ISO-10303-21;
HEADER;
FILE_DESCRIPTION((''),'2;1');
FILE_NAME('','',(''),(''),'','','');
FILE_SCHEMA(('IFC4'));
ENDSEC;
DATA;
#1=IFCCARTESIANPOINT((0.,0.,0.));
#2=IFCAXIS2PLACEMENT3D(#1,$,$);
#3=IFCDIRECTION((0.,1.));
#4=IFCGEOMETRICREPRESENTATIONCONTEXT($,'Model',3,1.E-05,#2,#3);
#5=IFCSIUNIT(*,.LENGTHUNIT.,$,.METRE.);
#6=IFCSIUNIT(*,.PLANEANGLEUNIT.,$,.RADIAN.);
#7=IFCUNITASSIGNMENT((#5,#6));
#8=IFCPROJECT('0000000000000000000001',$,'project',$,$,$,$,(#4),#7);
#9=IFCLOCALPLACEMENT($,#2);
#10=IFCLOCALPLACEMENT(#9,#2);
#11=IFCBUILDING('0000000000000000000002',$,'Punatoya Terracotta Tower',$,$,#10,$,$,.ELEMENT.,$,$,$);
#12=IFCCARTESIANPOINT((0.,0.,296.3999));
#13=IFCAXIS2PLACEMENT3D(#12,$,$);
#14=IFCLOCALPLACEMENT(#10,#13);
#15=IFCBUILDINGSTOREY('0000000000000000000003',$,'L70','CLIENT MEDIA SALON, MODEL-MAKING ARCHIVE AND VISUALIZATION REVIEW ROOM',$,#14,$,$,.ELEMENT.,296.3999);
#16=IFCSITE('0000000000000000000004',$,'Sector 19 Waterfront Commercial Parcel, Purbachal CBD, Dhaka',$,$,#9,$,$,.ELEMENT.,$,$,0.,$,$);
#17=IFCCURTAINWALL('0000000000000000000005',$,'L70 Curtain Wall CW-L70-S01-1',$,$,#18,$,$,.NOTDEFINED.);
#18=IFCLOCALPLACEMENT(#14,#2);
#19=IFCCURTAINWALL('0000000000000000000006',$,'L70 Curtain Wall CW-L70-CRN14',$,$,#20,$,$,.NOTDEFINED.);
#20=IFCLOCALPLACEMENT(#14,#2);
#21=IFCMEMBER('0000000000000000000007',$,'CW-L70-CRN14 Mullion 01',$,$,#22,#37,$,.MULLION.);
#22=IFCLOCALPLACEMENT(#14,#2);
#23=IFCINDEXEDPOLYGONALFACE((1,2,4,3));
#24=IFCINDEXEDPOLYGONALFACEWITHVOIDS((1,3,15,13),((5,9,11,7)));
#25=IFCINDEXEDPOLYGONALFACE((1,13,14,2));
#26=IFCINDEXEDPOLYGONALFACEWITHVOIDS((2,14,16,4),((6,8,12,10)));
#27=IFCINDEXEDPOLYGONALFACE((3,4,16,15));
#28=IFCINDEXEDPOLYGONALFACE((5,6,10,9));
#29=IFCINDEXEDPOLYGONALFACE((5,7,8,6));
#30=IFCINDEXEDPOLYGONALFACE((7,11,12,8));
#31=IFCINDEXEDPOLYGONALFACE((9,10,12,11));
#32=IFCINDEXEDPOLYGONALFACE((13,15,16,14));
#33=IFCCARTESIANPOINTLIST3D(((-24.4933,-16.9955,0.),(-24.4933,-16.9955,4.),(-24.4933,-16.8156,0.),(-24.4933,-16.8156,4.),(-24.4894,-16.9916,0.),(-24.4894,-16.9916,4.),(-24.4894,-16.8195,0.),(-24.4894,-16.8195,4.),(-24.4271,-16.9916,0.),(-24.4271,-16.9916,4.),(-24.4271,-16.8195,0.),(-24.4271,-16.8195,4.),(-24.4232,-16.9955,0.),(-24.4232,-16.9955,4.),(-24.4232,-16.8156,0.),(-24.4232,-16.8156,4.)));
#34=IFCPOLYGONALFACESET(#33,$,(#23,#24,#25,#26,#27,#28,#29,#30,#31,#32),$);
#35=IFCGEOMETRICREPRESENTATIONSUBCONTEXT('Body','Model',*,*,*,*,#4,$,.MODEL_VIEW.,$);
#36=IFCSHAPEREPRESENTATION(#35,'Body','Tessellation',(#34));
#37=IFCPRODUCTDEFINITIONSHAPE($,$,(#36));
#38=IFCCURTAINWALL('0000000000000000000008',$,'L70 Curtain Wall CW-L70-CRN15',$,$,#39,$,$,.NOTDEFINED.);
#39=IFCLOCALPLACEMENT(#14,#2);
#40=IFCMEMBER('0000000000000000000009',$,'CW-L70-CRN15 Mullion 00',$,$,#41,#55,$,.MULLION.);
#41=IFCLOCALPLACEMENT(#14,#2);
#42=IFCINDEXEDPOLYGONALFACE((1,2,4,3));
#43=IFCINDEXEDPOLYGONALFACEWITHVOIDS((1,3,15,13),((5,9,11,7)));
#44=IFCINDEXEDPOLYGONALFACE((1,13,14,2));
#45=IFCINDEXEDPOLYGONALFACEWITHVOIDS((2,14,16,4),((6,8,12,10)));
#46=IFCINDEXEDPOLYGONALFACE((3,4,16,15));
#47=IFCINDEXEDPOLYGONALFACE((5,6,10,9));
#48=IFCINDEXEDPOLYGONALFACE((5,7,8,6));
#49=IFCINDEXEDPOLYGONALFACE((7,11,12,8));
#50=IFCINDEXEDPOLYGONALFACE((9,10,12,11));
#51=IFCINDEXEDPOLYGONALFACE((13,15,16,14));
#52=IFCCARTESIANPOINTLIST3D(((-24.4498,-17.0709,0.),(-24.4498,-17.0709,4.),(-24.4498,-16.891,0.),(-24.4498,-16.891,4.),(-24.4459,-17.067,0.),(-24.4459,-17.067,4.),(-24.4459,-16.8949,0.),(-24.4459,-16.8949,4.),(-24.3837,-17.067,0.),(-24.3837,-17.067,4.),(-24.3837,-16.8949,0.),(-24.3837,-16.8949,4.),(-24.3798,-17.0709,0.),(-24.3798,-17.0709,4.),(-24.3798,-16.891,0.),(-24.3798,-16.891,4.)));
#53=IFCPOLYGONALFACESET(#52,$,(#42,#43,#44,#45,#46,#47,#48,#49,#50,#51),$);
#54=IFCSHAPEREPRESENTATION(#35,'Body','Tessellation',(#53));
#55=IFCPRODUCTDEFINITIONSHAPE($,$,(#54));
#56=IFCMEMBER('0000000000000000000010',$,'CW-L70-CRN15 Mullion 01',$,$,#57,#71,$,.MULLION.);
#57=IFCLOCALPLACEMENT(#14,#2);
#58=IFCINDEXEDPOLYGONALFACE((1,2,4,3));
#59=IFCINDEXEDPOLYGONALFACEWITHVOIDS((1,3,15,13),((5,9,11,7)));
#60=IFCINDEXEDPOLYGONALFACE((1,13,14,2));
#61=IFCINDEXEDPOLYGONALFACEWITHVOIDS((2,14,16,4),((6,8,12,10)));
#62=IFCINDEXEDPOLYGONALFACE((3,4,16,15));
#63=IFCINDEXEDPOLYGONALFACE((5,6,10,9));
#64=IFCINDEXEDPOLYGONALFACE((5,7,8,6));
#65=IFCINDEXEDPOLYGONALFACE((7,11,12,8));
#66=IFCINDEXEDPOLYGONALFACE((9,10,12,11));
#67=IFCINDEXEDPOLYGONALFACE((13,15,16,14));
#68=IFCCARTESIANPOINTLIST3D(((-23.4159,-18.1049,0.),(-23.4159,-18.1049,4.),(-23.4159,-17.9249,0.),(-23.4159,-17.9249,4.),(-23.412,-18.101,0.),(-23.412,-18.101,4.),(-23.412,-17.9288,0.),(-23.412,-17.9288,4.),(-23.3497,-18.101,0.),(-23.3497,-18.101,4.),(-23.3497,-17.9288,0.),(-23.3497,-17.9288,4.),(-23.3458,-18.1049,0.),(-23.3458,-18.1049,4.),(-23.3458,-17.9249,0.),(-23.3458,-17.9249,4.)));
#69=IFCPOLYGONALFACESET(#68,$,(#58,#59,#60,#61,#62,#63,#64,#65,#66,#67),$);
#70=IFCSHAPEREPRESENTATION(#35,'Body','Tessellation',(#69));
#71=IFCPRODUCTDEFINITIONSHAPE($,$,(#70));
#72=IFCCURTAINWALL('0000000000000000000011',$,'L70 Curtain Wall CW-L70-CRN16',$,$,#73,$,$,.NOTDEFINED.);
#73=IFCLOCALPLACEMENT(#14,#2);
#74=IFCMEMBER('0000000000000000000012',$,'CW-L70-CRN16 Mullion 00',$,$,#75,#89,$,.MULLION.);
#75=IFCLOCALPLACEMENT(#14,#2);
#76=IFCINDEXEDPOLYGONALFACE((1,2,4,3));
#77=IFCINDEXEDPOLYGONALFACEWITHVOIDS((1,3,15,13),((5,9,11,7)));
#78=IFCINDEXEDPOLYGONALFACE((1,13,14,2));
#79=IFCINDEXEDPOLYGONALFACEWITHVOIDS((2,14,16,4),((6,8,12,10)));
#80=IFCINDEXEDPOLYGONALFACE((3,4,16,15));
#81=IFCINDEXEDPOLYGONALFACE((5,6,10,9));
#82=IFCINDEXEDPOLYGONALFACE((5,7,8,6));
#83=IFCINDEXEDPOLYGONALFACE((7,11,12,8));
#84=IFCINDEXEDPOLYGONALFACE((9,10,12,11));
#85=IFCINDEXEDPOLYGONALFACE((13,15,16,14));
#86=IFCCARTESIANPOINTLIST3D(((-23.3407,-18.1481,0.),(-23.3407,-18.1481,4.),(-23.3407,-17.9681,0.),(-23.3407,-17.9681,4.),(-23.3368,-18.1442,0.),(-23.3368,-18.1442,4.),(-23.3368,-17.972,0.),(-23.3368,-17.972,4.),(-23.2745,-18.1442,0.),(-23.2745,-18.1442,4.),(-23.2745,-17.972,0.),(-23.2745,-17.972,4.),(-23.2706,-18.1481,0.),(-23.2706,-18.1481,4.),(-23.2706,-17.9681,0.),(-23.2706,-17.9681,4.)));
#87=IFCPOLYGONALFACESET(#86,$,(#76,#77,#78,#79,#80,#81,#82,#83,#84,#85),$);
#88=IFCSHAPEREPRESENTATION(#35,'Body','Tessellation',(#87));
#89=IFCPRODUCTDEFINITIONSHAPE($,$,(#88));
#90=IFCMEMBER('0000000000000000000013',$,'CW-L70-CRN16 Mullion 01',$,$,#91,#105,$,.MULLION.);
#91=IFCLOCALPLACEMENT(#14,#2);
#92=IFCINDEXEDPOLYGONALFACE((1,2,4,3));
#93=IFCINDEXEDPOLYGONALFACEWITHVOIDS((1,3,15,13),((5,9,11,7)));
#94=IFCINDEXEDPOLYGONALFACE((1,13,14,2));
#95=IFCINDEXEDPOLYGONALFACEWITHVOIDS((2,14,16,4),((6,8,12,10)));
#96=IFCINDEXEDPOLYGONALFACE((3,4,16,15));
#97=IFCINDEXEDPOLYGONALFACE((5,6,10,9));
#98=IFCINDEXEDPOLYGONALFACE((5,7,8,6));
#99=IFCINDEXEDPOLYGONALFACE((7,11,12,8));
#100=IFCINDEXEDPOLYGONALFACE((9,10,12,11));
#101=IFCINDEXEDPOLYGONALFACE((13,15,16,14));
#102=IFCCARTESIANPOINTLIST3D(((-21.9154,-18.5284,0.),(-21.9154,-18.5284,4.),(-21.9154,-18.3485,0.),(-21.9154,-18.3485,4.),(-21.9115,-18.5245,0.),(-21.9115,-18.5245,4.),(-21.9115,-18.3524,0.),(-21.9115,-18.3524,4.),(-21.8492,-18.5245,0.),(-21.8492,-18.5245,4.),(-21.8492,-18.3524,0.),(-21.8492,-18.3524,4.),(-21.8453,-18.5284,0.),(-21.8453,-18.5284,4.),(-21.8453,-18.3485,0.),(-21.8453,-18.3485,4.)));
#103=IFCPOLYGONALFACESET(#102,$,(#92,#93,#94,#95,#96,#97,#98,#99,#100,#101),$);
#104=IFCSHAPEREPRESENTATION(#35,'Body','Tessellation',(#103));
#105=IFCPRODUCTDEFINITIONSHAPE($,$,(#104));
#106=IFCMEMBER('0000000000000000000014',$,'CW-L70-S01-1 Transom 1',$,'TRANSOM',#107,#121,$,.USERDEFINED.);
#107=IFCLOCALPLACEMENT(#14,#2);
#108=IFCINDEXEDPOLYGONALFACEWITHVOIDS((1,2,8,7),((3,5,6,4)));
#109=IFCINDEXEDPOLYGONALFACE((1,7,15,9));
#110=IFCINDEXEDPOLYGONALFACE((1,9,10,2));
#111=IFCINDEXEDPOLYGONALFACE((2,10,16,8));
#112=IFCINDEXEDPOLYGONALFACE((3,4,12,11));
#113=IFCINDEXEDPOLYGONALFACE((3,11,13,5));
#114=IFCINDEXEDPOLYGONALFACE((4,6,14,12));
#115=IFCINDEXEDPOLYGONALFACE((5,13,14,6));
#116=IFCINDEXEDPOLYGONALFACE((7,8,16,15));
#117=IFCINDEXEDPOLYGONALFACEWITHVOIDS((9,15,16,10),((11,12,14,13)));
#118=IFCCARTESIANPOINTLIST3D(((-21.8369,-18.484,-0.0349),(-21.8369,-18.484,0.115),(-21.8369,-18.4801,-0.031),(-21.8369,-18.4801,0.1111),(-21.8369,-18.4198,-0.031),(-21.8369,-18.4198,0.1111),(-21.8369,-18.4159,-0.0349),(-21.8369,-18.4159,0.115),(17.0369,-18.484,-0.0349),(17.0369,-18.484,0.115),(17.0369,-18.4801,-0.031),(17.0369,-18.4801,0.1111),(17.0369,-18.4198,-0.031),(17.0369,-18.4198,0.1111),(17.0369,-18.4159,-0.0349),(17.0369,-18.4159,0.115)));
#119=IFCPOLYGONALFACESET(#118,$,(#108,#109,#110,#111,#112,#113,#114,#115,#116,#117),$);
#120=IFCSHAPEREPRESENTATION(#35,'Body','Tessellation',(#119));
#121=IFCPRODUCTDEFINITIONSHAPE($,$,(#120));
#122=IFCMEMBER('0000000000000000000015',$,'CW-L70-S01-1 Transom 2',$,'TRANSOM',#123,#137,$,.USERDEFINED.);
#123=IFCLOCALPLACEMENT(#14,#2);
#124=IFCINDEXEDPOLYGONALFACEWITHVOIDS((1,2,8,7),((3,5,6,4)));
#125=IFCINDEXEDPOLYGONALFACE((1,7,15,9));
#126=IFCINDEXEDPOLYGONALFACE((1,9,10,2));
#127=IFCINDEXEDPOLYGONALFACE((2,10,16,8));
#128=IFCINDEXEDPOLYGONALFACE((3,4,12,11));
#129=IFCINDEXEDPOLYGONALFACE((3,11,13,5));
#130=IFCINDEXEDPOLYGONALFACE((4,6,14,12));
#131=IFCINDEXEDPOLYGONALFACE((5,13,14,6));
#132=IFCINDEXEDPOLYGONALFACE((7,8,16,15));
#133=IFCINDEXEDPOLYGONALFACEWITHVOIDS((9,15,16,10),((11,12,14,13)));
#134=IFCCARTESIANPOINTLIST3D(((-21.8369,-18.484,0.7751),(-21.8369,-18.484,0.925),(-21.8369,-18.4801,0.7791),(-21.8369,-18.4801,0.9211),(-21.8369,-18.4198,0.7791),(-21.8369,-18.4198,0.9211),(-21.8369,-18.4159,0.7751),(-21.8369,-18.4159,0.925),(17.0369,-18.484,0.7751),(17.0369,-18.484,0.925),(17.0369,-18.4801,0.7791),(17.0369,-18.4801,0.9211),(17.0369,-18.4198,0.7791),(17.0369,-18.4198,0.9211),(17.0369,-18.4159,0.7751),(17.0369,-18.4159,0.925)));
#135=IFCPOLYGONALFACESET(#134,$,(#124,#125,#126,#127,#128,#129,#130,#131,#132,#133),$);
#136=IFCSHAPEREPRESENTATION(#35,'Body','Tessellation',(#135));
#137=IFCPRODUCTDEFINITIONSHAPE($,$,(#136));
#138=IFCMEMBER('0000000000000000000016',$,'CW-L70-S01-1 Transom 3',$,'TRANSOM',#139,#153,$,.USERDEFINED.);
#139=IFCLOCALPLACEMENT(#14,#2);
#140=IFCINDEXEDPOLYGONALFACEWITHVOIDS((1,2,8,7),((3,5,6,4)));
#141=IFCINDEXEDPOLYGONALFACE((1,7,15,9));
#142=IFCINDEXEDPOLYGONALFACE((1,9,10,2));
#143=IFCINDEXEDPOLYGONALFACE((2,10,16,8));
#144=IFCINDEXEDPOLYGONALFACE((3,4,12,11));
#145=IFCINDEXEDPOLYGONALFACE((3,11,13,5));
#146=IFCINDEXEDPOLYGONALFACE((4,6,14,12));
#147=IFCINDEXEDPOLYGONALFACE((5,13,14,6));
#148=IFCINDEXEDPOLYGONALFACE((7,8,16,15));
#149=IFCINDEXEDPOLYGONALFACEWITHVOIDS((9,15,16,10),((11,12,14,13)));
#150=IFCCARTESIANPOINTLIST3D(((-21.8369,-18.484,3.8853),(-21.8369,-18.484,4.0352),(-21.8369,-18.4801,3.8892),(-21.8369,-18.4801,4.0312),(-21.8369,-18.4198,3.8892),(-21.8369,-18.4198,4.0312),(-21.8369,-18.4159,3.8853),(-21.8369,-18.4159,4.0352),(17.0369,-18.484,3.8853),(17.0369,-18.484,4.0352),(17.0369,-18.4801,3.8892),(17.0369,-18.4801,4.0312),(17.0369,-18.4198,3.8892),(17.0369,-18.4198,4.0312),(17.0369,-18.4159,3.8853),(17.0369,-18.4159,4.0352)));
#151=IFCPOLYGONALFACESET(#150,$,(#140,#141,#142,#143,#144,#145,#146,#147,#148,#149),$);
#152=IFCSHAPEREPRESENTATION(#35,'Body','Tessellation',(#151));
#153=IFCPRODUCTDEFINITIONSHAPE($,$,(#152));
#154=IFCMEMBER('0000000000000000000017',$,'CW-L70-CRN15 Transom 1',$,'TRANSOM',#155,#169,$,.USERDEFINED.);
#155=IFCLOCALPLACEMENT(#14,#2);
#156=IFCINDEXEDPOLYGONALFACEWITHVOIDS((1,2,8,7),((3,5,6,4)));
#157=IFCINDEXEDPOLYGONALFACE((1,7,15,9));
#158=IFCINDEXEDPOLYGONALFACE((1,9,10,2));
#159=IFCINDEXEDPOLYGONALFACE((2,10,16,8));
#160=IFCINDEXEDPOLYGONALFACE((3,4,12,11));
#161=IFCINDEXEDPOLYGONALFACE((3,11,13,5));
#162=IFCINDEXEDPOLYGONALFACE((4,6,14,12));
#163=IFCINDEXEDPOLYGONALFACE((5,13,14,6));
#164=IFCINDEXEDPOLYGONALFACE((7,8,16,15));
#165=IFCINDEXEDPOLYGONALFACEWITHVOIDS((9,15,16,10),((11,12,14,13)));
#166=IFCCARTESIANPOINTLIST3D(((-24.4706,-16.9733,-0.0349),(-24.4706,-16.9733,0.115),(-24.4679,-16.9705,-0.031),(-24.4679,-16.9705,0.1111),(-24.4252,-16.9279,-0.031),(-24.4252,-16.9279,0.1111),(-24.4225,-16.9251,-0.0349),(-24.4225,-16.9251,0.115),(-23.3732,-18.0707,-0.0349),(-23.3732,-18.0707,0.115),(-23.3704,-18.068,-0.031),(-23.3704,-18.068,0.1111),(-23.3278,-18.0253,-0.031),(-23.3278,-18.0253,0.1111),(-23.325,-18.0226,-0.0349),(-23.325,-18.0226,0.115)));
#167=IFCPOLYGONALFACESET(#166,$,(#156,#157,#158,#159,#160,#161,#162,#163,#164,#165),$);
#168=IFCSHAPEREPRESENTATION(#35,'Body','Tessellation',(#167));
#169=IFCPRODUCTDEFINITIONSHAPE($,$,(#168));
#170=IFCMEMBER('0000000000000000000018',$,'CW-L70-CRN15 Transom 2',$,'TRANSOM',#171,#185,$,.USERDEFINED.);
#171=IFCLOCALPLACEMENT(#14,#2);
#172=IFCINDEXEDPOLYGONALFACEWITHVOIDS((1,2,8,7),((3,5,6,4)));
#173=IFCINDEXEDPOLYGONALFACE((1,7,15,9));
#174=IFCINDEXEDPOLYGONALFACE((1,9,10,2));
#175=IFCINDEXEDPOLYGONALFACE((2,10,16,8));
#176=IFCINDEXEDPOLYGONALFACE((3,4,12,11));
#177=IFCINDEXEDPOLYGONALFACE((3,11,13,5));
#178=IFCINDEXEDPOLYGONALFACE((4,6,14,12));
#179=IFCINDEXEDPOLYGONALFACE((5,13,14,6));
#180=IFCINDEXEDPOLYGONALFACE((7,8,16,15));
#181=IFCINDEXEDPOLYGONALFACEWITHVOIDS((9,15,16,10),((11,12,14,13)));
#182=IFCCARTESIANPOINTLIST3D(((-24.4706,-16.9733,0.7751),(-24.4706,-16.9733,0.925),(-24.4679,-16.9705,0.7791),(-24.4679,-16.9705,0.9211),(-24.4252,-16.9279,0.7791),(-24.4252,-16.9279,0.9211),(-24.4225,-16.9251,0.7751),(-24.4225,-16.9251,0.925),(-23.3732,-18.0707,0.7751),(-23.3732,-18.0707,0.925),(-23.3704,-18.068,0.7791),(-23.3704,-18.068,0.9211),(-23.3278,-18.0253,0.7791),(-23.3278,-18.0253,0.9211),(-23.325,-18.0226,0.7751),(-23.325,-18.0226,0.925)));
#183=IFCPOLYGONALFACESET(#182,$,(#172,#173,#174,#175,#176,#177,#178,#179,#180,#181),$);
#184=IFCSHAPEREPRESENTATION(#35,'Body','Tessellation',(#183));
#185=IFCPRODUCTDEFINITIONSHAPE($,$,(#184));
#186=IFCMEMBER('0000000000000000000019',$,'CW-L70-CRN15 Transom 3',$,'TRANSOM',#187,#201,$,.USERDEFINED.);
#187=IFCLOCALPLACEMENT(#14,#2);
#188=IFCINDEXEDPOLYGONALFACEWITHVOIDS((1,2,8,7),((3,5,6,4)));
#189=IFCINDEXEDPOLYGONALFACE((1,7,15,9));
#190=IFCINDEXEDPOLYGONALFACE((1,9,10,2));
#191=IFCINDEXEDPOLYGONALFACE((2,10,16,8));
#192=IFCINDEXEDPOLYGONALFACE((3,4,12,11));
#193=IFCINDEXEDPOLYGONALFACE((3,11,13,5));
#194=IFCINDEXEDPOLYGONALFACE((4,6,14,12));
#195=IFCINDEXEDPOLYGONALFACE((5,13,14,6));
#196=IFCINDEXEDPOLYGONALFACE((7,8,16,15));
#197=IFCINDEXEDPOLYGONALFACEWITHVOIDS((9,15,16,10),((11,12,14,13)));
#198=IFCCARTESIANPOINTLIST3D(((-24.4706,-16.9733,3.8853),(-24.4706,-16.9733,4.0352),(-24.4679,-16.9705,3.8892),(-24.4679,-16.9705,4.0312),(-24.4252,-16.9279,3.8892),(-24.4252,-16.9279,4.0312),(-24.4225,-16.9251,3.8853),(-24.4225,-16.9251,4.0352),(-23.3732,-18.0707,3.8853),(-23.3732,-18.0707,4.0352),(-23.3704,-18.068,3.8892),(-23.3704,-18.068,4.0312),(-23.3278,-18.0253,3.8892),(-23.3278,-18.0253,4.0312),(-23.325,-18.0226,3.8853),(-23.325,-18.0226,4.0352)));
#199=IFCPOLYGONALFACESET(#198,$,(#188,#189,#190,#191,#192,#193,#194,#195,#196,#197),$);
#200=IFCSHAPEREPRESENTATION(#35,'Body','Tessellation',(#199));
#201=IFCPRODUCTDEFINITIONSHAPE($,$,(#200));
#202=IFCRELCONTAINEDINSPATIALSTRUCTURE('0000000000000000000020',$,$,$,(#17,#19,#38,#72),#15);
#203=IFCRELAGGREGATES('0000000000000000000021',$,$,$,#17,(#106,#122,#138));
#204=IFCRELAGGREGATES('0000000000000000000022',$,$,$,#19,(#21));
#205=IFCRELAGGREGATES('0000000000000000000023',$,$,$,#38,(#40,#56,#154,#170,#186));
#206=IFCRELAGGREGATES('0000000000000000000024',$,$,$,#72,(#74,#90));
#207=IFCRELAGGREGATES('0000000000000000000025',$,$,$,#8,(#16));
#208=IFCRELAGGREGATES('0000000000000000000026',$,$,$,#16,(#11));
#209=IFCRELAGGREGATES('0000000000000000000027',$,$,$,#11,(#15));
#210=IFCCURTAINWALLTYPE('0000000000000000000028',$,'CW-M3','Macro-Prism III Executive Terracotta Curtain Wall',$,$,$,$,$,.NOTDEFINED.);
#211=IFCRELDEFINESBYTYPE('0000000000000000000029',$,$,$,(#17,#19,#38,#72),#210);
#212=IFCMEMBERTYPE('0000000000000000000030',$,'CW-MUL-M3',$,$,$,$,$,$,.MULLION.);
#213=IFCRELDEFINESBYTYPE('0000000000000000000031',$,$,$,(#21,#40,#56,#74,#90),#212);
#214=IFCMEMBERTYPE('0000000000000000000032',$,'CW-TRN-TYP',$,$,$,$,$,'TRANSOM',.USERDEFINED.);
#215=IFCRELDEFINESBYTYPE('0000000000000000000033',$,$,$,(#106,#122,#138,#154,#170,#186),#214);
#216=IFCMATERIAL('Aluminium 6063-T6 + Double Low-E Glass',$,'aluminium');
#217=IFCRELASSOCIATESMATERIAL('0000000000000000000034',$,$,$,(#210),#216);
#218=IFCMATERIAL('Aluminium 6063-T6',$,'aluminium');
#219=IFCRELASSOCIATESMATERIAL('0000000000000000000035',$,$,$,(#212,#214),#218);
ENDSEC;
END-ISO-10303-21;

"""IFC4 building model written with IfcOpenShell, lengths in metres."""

from ifc_helpers import new_model, si_unit, direction, frame, origin, origin_2d, place, context, subcontext, project, spatial, hollow_rectangle, extrude, material, material_profile, profile_set, type_object, element, aggregate, save


model = new_model("IFC4")

# Units and contexts
model_context = context("Model", 3, precision=1e-05, world=origin(), true_north=direction((0.0, 1.0)))
body_context = subcontext(model_context, "Body", "Model", "MODEL_VIEW")
ifc_project = project(units=[si_unit("LENGTHUNIT", "METRE"), si_unit("PLANEANGLEUNIT", "RADIAN")], contexts=[model_context])

# Site, building, storey
site_placement = place(None, origin())
site = spatial("IfcSite", under=ifc_project, at=site_placement, Name="Sector 19 Waterfront Commercial Parcel, Purbachal CBD, Dhaka", CompositionType="ELEMENT", RefElevation=0.0)
building_placement = place(site_placement, origin())
building = spatial("IfcBuilding", under=site, at=building_placement, Name="Punatoya Terracotta Tower", CompositionType="ELEMENT")
storey_placement = place(building_placement, frame((0.0, 0.0, 296.3999)))
storey = spatial("IfcBuildingStorey", under=building, at=storey_placement, Name="L70", Description="CLIENT MEDIA SALON, MODEL-MAKING ARCHIVE AND VISUALIZATION REVIEW ROOM", CompositionType="ELEMENT", Elevation=296.3999)

# Curtain walls, member
ifc_material_1 = material(Name="Aluminium 6063-T6 + Double Low-E Glass", Category="aluminium")
curtain_wall_type = type_object("IfcCurtainWallType", Name="CW-M3", Description="Macro-Prism III Executive Terracotta Curtain Wall", PredefinedType="NOTDEFINED", material=ifc_material_1)
curtain_wall_1_placement = place(storey_placement, origin())
curtain_wall_1 = element("IfcCurtainWall", 1, at=curtain_wall_1_placement, inside=storey, type_object=curtain_wall_type, Name="L70 Curtain Wall CW-L70-S01-1", PredefinedType="NOTDEFINED")
ifc_material_2 = material(Name="Aluminium 6063-T6", Category="aluminium")
ifc_material_profile_1 = material_profile(ifc_material_2, hollow_rectangle(XDim=0.0701, YDim=0.1799, WallThickness=0.0039, at=origin_2d()))
ifc_profile_set_1 = profile_set([ifc_material_profile_1], Name="Aluminium 6063-T6")
member_type_1 = type_object("IfcMemberType", Name="CW-MUL-M3", PredefinedType="MULLION", material=ifc_profile_set_1)
curtain_wall_2_placement = place(storey_placement, origin())
curtain_wall_2 = element("IfcCurtainWall", 2, at=curtain_wall_2_placement, inside=storey, type_object=curtain_wall_type, Name="L70 Curtain Wall CW-L70-CRN14", PredefinedType="NOTDEFINED")
member_1_placement = place(storey_placement, frame((-24.4583, -16.9055, 0.0), z_axis=(0.0, 0.0, 1.0), x_axis=(1.0, 0.0, 0.0)))
member_1 = element("IfcMember", 3, at=member_1_placement, type_object=member_type_1, Name="CW-L70-CRN14 Mullion 01", PredefinedType="MULLION", context=body_context, shape_type="SweptSolid", body=[
    extrude(hollow_rectangle(XDim=0.0701, YDim=0.1799, WallThickness=0.0039, at=origin_2d()), origin(), (0.0, 0.0, 1.0), 4.0),
])

# Curtain walls, members
curtain_wall_3_placement = place(storey_placement, origin())
curtain_wall_3 = element("IfcCurtainWall", 4, at=curtain_wall_3_placement, inside=storey, type_object=curtain_wall_type, Name="L70 Curtain Wall CW-L70-CRN15", PredefinedType="NOTDEFINED")
member_2_placement = place(storey_placement, frame((-24.4148, -16.981, 0.0), z_axis=(0.0, 0.0, 1.0), x_axis=(1.0, 0.0, 0.0)))
member_2 = element("IfcMember", 5, at=member_2_placement, type_object=member_type_1, Name="CW-L70-CRN15 Mullion 00", PredefinedType="MULLION", context=body_context, shape_type="SweptSolid", body=[
    extrude(hollow_rectangle(XDim=0.0701, YDim=0.1799, WallThickness=0.0039, at=origin_2d()), origin(), (0.0, 0.0, 1.0), 4.0),
])
member_3_placement = place(storey_placement, frame((-23.3809, -18.0149, 0.0), z_axis=(0.0, 0.0, 1.0), x_axis=(1.0, 0.0, 0.0)))
member_3 = element("IfcMember", 6, at=member_3_placement, type_object=member_type_1, Name="CW-L70-CRN15 Mullion 01", PredefinedType="MULLION", context=body_context, shape_type="SweptSolid", body=[
    extrude(hollow_rectangle(XDim=0.0701, YDim=0.1799, WallThickness=0.0039, at=origin_2d()), origin(), (0.0, 0.0, 1.0), 4.0),
])
curtain_wall_4_placement = place(storey_placement, origin())
curtain_wall_4 = element("IfcCurtainWall", 7, at=curtain_wall_4_placement, inside=storey, type_object=curtain_wall_type, Name="L70 Curtain Wall CW-L70-CRN16", PredefinedType="NOTDEFINED")
member_4_placement = place(storey_placement, frame((-23.3057, -18.0581, 0.0), z_axis=(0.0, 0.0, 1.0), x_axis=(1.0, 0.0, 0.0)))
member_4 = element("IfcMember", 8, at=member_4_placement, type_object=member_type_1, Name="CW-L70-CRN16 Mullion 00", PredefinedType="MULLION", context=body_context, shape_type="SweptSolid", body=[
    extrude(hollow_rectangle(XDim=0.0701, YDim=0.1799, WallThickness=0.0039, at=origin_2d()), origin(), (0.0, 0.0, 1.0), 4.0),
])
member_5_placement = place(storey_placement, frame((-21.8804, -18.4385, 0.0), z_axis=(0.0, 0.0, 1.0), x_axis=(1.0, 0.0, 0.0)))
member_5 = element("IfcMember", 9, at=member_5_placement, type_object=member_type_1, Name="CW-L70-CRN16 Mullion 01", PredefinedType="MULLION", context=body_context, shape_type="SweptSolid", body=[
    extrude(hollow_rectangle(XDim=0.0701, YDim=0.1799, WallThickness=0.0039, at=origin_2d()), origin(), (0.0, 0.0, 1.0), 4.0),
])

# Members
ifc_material_profile_2 = material_profile(ifc_material_2, hollow_rectangle(XDim=0.0681, YDim=0.1499, WallThickness=0.0039, at=origin_2d()))
ifc_profile_set_2 = profile_set([ifc_material_profile_2], Name="Aluminium 6063-T6")
member_type_2 = type_object("IfcMemberType", Name="CW-TRN-TYP", ElementType="TRANSOM", PredefinedType="USERDEFINED", material=ifc_profile_set_2)
member_6_placement = place(storey_placement, frame((-21.8369, -18.45, 0.04), z_axis=(1.0, 0.0, 0.0), x_axis=(0.0, 1.0, 0.0)))
member_6 = element("IfcMember", 10, at=member_6_placement, type_object=member_type_2, Name="CW-L70-S01-1 Transom 1", ObjectType="TRANSOM", PredefinedType="USERDEFINED", context=body_context, shape_type="SweptSolid", body=[
    extrude(hollow_rectangle(XDim=0.0681, YDim=0.1499, WallThickness=0.0039, at=origin_2d()), origin(), (0.0, 0.0, 1.0), 38.8738),
])
member_7_placement = place(storey_placement, frame((-21.8369, -18.45, 0.8501), z_axis=(1.0, 0.0, 0.0), x_axis=(0.0, 1.0, 0.0)))
member_7 = element("IfcMember", 11, at=member_7_placement, type_object=member_type_2, Name="CW-L70-S01-1 Transom 2", ObjectType="TRANSOM", PredefinedType="USERDEFINED", context=body_context, shape_type="SweptSolid", body=[
    extrude(hollow_rectangle(XDim=0.0681, YDim=0.1499, WallThickness=0.0039, at=origin_2d()), origin(), (0.0, 0.0, 1.0), 38.8738),
])
member_8_placement = place(storey_placement, frame((-21.8369, -18.45, 3.9602), z_axis=(1.0, 0.0, 0.0), x_axis=(0.0, 1.0, 0.0)))
member_8 = element("IfcMember", 12, at=member_8_placement, type_object=member_type_2, Name="CW-L70-S01-1 Transom 3", ObjectType="TRANSOM", PredefinedType="USERDEFINED", context=body_context, shape_type="SweptSolid", body=[
    extrude(hollow_rectangle(XDim=0.0681, YDim=0.1499, WallThickness=0.0039, at=origin_2d()), origin(), (0.0, 0.0, 1.0), 38.8738),
])
member_9_placement = place(storey_placement, frame((-24.4465, -16.9492, 0.04), z_axis=(0.707107, -0.707107, 0.0), x_axis=(0.707107, 0.707107, 0.0)))
member_9 = element("IfcMember", 13, at=member_9_placement, type_object=member_type_2, Name="CW-L70-CRN15 Transom 1", ObjectType="TRANSOM", PredefinedType="USERDEFINED", context=body_context, shape_type="SweptSolid", body=[
    extrude(hollow_rectangle(XDim=0.0681, YDim=0.1499, WallThickness=0.0039, at=origin_2d()), origin(), (0.0, 0.0, 1.0), 1.552),
])
member_10_placement = place(storey_placement, frame((-24.4465, -16.9492, 0.8501), z_axis=(0.707107, -0.707107, 0.0), x_axis=(0.707107, 0.707107, 0.0)))
member_10 = element("IfcMember", 14, at=member_10_placement, type_object=member_type_2, Name="CW-L70-CRN15 Transom 2", ObjectType="TRANSOM", PredefinedType="USERDEFINED", context=body_context, shape_type="SweptSolid", body=[
    extrude(hollow_rectangle(XDim=0.0681, YDim=0.1499, WallThickness=0.0039, at=origin_2d()), origin(), (0.0, 0.0, 1.0), 1.552),
])
member_11_placement = place(storey_placement, frame((-24.4465, -16.9492, 3.9602), z_axis=(0.707107, -0.707107, 0.0), x_axis=(0.707107, 0.707107, 0.0)))
member_11 = element("IfcMember", 15, at=member_11_placement, type_object=member_type_2, Name="CW-L70-CRN15 Transom 3", ObjectType="TRANSOM", PredefinedType="USERDEFINED", context=body_context, shape_type="SweptSolid", body=[
    extrude(hollow_rectangle(XDim=0.0681, YDim=0.1499, WallThickness=0.0039, at=origin_2d()), origin(), (0.0, 0.0, 1.0), 1.552),
])

aggregate(curtain_wall_1, [member_6, member_7, member_8])
aggregate(curtain_wall_2, [member_1])
aggregate(curtain_wall_3, [member_2, member_3, member_9, member_10, member_11])
aggregate(curtain_wall_4, [member_4, member_5])

save(model, "model.ifc")
